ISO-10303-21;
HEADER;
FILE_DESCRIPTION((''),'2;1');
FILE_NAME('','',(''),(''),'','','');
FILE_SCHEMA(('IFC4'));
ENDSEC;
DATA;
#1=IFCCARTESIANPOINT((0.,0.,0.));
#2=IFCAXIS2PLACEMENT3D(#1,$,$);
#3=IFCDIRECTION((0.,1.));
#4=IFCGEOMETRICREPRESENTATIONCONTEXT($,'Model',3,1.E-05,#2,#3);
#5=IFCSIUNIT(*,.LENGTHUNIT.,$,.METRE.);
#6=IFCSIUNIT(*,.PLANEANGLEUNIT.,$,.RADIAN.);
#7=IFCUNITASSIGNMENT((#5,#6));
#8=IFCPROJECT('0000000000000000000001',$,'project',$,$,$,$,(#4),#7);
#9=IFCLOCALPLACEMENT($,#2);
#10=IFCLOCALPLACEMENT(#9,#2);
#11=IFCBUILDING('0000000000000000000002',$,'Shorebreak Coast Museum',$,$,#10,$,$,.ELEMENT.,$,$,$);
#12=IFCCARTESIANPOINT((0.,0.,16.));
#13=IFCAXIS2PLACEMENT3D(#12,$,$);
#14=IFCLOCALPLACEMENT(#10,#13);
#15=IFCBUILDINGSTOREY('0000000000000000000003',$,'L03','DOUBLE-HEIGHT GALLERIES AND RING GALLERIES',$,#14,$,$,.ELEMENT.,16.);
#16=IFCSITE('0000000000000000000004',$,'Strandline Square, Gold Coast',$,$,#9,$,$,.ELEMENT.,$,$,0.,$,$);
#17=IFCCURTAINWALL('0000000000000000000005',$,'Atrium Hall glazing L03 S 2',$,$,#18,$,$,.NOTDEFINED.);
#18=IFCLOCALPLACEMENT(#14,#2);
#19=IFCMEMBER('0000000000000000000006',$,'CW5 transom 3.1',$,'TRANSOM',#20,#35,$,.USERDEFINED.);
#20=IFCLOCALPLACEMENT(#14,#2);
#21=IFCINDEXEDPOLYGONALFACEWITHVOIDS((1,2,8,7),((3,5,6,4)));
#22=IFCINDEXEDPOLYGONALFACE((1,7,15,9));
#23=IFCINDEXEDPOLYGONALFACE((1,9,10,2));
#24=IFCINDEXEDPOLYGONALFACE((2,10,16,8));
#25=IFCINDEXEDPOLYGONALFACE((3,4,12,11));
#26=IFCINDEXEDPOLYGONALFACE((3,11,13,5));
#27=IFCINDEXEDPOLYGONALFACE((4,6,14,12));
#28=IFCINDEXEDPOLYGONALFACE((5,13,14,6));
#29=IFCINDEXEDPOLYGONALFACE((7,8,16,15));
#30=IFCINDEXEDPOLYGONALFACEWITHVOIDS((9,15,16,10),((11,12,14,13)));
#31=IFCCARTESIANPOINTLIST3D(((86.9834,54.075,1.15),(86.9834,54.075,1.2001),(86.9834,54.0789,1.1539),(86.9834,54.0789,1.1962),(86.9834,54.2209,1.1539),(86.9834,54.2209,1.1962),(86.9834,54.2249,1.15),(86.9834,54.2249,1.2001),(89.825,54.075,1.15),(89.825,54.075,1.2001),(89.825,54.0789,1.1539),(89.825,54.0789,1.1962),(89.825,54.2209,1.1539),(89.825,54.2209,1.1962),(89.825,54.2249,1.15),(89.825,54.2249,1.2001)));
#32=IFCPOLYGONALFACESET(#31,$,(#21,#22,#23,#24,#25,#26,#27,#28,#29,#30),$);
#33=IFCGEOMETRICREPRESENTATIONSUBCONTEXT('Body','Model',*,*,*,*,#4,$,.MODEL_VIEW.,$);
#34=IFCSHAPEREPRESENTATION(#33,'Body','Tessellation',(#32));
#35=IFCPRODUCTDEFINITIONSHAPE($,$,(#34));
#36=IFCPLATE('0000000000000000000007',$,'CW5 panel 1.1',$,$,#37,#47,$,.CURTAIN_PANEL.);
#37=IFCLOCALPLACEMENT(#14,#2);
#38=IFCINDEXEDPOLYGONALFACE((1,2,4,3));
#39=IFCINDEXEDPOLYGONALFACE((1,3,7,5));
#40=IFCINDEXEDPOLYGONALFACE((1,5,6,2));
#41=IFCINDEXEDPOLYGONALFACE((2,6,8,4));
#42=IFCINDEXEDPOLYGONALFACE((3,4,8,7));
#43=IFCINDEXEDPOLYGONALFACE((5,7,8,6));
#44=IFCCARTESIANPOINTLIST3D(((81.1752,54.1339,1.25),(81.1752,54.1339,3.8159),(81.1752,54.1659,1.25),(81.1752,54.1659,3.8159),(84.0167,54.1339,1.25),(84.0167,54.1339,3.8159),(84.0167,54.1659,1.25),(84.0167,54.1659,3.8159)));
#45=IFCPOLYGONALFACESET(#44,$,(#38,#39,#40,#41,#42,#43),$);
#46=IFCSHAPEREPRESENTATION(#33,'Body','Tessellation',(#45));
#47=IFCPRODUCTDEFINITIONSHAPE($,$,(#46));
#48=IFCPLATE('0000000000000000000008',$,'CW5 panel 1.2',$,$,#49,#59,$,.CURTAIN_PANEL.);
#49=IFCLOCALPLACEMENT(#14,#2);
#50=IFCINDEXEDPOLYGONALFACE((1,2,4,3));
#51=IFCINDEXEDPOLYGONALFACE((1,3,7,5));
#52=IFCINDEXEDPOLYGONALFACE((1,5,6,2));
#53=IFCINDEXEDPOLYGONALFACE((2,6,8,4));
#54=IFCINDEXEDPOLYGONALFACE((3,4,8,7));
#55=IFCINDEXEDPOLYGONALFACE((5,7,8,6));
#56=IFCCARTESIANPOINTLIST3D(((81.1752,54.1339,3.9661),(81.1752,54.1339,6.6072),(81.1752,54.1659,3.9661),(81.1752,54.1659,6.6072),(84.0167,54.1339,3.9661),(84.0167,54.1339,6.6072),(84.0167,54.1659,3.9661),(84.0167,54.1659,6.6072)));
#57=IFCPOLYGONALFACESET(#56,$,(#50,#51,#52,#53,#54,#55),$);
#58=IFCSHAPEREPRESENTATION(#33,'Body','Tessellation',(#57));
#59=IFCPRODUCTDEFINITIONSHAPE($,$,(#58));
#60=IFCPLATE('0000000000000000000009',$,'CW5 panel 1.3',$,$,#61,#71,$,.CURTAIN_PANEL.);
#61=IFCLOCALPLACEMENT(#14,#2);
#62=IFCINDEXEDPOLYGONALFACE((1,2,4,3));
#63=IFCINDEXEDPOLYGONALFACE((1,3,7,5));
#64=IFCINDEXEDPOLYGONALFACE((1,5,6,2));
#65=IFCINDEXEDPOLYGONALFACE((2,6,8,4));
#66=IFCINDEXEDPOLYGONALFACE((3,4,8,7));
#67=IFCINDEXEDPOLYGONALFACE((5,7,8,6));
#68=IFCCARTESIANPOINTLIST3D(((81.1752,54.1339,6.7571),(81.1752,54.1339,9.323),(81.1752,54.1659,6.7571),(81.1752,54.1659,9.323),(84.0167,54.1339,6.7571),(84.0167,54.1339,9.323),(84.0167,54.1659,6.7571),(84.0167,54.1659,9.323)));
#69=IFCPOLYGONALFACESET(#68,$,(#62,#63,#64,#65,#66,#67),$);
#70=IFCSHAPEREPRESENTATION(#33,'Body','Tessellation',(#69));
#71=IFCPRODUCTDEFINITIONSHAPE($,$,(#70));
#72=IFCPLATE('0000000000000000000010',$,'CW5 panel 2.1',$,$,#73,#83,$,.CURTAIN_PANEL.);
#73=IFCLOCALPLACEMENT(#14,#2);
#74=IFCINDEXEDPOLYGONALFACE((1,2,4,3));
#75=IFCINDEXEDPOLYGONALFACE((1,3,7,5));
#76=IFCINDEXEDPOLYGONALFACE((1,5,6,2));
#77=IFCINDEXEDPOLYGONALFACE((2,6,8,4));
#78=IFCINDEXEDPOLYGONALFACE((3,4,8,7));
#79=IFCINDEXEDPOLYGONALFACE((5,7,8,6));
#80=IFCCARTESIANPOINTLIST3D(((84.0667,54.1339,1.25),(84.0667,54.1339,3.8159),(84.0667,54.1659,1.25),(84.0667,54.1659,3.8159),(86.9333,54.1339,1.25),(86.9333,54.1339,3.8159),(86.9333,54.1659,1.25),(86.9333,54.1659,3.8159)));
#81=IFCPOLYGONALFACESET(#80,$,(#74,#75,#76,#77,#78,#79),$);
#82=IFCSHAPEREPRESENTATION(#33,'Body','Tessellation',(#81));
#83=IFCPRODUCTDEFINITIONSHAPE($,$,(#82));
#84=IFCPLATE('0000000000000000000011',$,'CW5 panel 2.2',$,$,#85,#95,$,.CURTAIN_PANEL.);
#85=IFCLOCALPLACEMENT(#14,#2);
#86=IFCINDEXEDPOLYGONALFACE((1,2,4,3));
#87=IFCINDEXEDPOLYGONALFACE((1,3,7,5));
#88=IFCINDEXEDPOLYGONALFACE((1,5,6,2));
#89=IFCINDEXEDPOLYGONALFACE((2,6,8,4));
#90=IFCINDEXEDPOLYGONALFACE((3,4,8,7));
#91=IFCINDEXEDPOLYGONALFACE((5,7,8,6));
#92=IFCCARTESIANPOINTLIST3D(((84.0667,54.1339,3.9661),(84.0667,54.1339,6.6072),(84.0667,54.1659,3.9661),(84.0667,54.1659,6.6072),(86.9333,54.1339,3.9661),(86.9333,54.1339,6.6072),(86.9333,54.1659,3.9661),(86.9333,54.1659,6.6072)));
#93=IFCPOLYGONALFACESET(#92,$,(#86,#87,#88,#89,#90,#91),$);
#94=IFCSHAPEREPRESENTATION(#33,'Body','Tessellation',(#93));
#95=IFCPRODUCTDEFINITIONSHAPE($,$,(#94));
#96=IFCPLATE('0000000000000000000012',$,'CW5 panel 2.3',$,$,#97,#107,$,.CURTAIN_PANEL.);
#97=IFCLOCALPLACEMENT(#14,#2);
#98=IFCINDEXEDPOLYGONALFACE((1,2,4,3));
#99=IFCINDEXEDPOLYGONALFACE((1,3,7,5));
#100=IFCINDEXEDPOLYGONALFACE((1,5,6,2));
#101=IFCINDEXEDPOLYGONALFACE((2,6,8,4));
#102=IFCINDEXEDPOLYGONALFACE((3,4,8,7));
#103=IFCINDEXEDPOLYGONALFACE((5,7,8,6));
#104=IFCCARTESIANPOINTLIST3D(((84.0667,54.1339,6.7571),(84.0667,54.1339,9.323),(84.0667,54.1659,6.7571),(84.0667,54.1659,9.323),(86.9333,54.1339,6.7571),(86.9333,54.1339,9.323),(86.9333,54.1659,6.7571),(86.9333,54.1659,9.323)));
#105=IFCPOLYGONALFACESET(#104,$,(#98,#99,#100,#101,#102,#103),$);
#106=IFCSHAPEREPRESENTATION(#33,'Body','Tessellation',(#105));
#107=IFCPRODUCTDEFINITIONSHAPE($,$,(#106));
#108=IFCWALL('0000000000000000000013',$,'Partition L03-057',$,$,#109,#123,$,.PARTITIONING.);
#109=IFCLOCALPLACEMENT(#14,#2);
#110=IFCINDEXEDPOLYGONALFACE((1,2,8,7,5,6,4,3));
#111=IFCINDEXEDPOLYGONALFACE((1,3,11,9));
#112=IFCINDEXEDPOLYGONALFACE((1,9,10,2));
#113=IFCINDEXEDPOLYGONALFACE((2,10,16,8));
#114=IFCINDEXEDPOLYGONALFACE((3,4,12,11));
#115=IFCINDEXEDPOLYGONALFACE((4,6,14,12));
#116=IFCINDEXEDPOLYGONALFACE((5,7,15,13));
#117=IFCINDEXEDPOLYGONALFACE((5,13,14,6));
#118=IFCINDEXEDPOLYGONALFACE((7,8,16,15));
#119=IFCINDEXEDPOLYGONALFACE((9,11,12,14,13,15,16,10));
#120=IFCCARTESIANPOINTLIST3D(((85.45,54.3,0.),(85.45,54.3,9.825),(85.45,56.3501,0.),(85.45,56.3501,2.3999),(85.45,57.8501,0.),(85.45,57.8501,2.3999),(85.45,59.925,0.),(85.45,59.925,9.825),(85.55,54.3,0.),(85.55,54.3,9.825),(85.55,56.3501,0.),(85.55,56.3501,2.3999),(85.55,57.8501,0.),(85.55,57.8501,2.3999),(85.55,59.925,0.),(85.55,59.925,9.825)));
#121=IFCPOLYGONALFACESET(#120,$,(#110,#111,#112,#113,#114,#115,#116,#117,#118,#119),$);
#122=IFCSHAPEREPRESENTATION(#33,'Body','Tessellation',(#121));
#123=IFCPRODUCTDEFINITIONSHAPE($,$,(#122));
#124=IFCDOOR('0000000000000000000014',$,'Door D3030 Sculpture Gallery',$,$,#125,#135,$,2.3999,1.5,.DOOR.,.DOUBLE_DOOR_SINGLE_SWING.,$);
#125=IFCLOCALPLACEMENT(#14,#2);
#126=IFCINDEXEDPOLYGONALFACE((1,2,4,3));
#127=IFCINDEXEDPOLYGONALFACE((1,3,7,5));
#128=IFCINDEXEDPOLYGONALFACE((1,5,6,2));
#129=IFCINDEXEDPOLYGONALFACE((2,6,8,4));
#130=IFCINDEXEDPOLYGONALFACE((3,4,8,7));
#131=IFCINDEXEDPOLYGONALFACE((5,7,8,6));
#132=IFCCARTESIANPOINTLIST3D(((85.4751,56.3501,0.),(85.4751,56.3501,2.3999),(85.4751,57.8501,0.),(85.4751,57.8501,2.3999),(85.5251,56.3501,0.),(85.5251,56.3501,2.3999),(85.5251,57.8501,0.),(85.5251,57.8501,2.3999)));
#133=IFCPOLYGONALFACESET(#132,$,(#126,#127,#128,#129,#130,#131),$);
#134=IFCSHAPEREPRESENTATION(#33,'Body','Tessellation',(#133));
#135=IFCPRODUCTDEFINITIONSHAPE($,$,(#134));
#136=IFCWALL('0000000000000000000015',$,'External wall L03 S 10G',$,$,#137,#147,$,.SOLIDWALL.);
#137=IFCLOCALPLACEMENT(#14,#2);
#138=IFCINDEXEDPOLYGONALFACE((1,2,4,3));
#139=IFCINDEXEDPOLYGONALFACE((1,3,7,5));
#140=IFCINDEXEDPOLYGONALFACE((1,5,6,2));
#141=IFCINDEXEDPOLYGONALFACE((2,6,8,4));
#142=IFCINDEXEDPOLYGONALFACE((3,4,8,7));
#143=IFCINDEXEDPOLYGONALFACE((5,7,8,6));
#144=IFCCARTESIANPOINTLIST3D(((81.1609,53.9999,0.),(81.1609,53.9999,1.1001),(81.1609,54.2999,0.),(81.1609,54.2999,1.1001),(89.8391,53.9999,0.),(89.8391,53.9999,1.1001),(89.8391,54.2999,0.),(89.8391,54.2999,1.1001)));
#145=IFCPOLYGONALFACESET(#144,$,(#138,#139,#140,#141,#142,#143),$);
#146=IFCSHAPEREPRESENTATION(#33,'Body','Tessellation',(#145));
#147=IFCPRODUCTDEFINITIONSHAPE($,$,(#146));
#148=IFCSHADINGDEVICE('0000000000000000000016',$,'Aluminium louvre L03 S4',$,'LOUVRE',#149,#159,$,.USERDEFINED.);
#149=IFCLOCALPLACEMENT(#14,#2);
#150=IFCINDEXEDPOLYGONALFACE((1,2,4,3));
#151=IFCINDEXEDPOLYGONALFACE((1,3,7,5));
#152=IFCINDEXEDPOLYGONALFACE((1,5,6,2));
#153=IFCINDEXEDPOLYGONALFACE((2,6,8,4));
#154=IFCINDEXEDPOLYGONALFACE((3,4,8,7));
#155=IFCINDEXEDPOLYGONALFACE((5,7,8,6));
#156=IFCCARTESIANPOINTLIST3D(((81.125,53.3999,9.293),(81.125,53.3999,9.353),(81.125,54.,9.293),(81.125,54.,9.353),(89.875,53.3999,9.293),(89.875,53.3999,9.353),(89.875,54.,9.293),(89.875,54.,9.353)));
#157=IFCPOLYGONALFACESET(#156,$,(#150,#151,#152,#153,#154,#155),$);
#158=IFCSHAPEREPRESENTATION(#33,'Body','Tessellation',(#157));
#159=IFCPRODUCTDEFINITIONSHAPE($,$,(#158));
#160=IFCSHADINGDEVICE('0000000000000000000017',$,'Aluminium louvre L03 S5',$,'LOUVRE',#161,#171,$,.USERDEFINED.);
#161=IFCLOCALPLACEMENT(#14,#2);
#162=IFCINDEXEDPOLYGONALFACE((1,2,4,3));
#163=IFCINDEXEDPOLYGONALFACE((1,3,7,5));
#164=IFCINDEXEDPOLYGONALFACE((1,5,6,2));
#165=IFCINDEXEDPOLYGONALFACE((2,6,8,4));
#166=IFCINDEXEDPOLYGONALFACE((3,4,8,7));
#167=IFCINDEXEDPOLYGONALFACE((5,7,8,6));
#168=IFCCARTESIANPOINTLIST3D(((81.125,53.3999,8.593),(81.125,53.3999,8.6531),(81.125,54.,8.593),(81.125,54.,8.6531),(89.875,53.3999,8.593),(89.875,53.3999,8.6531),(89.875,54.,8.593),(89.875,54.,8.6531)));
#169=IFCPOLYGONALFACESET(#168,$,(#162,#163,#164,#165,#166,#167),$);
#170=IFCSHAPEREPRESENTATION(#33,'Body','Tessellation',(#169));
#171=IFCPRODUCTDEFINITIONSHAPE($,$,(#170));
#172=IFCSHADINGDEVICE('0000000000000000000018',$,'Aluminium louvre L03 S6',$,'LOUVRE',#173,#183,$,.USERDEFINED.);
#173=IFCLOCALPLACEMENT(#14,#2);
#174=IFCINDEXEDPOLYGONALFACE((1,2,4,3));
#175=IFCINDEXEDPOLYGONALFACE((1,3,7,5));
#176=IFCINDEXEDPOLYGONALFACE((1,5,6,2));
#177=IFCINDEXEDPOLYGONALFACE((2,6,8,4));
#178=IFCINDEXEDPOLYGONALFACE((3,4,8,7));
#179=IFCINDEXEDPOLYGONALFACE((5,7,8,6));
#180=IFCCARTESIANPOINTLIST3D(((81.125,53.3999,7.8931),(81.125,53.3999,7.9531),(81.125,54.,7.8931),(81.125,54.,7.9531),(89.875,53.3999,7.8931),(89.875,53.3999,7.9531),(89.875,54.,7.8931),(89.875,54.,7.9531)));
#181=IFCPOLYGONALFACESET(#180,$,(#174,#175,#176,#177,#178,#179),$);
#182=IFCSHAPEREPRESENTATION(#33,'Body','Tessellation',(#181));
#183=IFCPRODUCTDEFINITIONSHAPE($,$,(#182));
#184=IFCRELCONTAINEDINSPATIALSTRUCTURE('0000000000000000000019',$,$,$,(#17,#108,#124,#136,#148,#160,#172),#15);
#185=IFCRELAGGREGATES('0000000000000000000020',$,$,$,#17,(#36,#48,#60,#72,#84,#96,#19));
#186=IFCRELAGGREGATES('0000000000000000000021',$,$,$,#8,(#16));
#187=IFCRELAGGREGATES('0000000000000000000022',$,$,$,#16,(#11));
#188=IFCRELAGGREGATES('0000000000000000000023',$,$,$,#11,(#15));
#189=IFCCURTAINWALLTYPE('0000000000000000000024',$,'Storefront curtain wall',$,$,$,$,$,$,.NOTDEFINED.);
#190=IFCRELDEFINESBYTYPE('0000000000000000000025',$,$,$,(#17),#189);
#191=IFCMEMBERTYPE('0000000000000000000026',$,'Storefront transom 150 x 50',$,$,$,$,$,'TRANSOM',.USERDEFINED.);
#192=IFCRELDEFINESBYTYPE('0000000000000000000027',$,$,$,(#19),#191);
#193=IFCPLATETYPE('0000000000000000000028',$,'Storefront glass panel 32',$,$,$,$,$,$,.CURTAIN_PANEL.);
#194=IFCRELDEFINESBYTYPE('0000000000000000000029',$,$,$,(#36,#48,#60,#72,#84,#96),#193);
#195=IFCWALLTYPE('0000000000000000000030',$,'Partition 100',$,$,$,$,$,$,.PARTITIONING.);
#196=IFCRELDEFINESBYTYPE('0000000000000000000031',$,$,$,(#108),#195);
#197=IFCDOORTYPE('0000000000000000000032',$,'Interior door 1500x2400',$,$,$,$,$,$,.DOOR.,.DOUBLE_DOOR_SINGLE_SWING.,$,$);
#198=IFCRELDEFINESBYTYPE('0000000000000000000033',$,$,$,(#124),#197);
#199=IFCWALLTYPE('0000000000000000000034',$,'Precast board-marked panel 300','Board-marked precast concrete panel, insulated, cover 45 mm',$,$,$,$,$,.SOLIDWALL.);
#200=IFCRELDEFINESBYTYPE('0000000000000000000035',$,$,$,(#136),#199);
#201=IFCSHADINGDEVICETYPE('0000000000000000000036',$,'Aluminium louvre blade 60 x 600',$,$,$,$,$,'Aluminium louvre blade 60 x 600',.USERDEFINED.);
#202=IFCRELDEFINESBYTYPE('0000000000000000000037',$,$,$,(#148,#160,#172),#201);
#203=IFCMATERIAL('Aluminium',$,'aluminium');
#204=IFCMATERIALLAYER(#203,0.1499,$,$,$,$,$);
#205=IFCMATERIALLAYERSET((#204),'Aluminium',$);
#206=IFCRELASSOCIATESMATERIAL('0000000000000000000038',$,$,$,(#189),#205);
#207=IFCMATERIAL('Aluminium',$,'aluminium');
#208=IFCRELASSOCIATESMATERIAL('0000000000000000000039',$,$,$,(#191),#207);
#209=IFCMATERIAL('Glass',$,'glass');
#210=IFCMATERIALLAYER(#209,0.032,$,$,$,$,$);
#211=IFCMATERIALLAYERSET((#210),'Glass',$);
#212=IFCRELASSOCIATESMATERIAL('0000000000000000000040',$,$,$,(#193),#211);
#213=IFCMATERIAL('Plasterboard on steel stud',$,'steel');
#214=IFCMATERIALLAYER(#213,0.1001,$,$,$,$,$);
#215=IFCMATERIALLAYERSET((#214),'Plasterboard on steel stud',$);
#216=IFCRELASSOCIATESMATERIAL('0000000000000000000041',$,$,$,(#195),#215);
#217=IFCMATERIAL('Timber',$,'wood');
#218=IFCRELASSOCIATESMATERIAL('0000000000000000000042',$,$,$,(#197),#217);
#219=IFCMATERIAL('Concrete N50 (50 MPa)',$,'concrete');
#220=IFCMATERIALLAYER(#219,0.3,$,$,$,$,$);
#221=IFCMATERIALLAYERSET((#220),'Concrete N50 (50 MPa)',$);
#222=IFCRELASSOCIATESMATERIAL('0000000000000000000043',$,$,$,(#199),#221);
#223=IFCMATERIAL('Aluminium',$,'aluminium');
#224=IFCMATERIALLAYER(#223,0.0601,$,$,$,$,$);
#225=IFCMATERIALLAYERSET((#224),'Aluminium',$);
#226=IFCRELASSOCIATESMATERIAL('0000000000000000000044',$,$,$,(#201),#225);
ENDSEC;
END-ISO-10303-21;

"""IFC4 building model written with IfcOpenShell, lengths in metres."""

from ifc_helpers import new_model, si_unit, direction, frame, frame_2d, origin, origin_2d, place, context, subcontext, project, spatial, rectangle, hollow_rectangle, extrude, material, layer, layer_set, material_profile, profile_set, type_object, element, fill, aggregate, save


model = new_model("IFC4")

# Units and contexts
model_context = context("Model", 3, precision=1e-05, world=origin(), true_north=direction((0.0, 1.0)))
body_context = subcontext(model_context, "Body", "Model", "MODEL_VIEW")
ifc_project = project(units=[si_unit("LENGTHUNIT", "METRE"), si_unit("PLANEANGLEUNIT", "RADIAN")], contexts=[model_context])

# Site, building, storey
site_placement = place(None, origin())
site = spatial("IfcSite", under=ifc_project, at=site_placement, Name="Strandline Square, Gold Coast", CompositionType="ELEMENT", RefElevation=0.0)
building_placement = place(site_placement, origin())
building = spatial("IfcBuilding", under=site, at=building_placement, Name="Shorebreak Coast Museum", CompositionType="ELEMENT")
storey_placement = place(building_placement, frame((0.0, 0.0, 16.0)))
storey = spatial("IfcBuildingStorey", under=building, at=storey_placement, Name="L03", Description="DOUBLE-HEIGHT GALLERIES AND RING GALLERIES", CompositionType="ELEMENT", Elevation=16.0)

# Curtain wall, member, plates
ifc_material_1 = material(Name="Aluminium", Category="aluminium")
ifc_layer_1 = layer(ifc_material_1, 0.1499)
ifc_layer_set_1 = layer_set([ifc_layer_1], Name="Aluminium")
curtain_wall_type = type_object("IfcCurtainWallType", Name="Storefront curtain wall", PredefinedType="NOTDEFINED", material=ifc_layer_set_1)
curtain_wall_placement = place(storey_placement, origin())
curtain_wall = element("IfcCurtainWall", 1, at=curtain_wall_placement, inside=storey, type_object=curtain_wall_type, Name="Atrium Hall glazing L03 S 2", PredefinedType="NOTDEFINED")
ifc_material_2 = material(Name="Aluminium", Category="aluminium")
ifc_material_profile_1 = material_profile(ifc_material_2, hollow_rectangle(XDim=0.1499, YDim=0.05, WallThickness=0.0039, at=origin_2d()), Name="AL 50x150 RHS")
ifc_profile_set_1 = profile_set([ifc_material_profile_1], Name="Aluminium")
member_type_1 = type_object("IfcMemberType", Name="Storefront transom 150 x 50", ElementType="TRANSOM", PredefinedType="USERDEFINED", material=ifc_profile_set_1)
member_1_placement = place(storey_placement, frame((86.9834, 54.1499, 1.175), z_axis=(1.0, 0.0, 0.0), x_axis=(0.0, 1.0, 0.0)))
member_1 = element("IfcMember", 2, at=member_1_placement, type_object=member_type_1, Name="CW5 transom 3.1", ObjectType="TRANSOM", PredefinedType="USERDEFINED", context=body_context, shape_type="SweptSolid", body=[
    extrude(hollow_rectangle(XDim=0.1499, YDim=0.05, WallThickness=0.0039, at=origin_2d()), origin(), (0.0, 0.0, 1.0), 2.8416),
])
ifc_material_3 = material(Name="Glass", Category="glass")
ifc_layer_2 = layer(ifc_material_3, 0.032)
ifc_layer_set_2 = layer_set([ifc_layer_2], Name="Glass")
plate_type = type_object("IfcPlateType", Name="Storefront glass panel 32", PredefinedType="CURTAIN_PANEL", material=ifc_layer_set_2)
plate_1_placement = place(storey_placement, frame((82.5959, 54.1499, 1.25), z_axis=(0.0, 0.0, 1.0), x_axis=(1.0, 0.0, 0.0)))
plate_1 = element("IfcPlate", 3, at=plate_1_placement, type_object=plate_type, Name="CW5 panel 1.1", PredefinedType="CURTAIN_PANEL", context=body_context, shape_type="SweptSolid", body=[
    extrude(rectangle(XDim=2.8416, YDim=0.032, at=origin_2d()), origin(), (0.0, 0.0, 1.0), 2.5659),
])
plate_2_placement = place(storey_placement, frame((82.5959, 54.1499, 3.9661), z_axis=(0.0, 0.0, 1.0), x_axis=(1.0, 0.0, 0.0)))
plate_2 = element("IfcPlate", 4, at=plate_2_placement, type_object=plate_type, Name="CW5 panel 1.2", PredefinedType="CURTAIN_PANEL", context=body_context, shape_type="SweptSolid", body=[
    extrude(rectangle(XDim=2.8416, YDim=0.032, at=origin_2d()), origin(), (0.0, 0.0, 1.0), 2.6411),
])
plate_3_placement = place(storey_placement, frame((82.5959, 54.1499, 6.7571), z_axis=(0.0, 0.0, 1.0), x_axis=(1.0, 0.0, 0.0)))
plate_3 = element("IfcPlate", 5, at=plate_3_placement, type_object=plate_type, Name="CW5 panel 1.3", PredefinedType="CURTAIN_PANEL", context=body_context, shape_type="SweptSolid", body=[
    extrude(rectangle(XDim=2.8416, YDim=0.032, at=origin_2d()), origin(), (0.0, 0.0, 1.0), 2.5659),
])
plate_4_placement = place(storey_placement, frame((85.5, 54.1499, 1.25), z_axis=(0.0, 0.0, 1.0), x_axis=(1.0, 0.0, 0.0)))
plate_4 = element("IfcPlate", 6, at=plate_4_placement, type_object=plate_type, Name="CW5 panel 2.1", PredefinedType="CURTAIN_PANEL", context=body_context, shape_type="SweptSolid", body=[
    extrude(rectangle(XDim=2.8667, YDim=0.032, at=origin_2d()), origin(), (0.0, 0.0, 1.0), 2.5659),
])
plate_5_placement = place(storey_placement, frame((85.5, 54.1499, 3.9661), z_axis=(0.0, 0.0, 1.0), x_axis=(1.0, 0.0, 0.0)))
plate_5 = element("IfcPlate", 7, at=plate_5_placement, type_object=plate_type, Name="CW5 panel 2.2", PredefinedType="CURTAIN_PANEL", context=body_context, shape_type="SweptSolid", body=[
    extrude(rectangle(XDim=2.8667, YDim=0.032, at=origin_2d()), origin(), (0.0, 0.0, 1.0), 2.6411),
])
plate_6_placement = place(storey_placement, frame((85.5, 54.1499, 6.7571), z_axis=(0.0, 0.0, 1.0), x_axis=(1.0, 0.0, 0.0)))
plate_6 = element("IfcPlate", 8, at=plate_6_placement, type_object=plate_type, Name="CW5 panel 2.3", PredefinedType="CURTAIN_PANEL", context=body_context, shape_type="SweptSolid", body=[
    extrude(rectangle(XDim=2.8667, YDim=0.032, at=origin_2d()), origin(), (0.0, 0.0, 1.0), 2.5659),
])
aggregate(curtain_wall, [plate_1, plate_2, plate_3, plate_4, plate_5, plate_6, member_1])

# Wall, opening, door
ifc_material_4 = material(Name="Plasterboard on steel stud", Category="steel")
ifc_layer_3 = layer(ifc_material_4, 0.1001)
ifc_layer_set_3 = layer_set([ifc_layer_3], Name="Plasterboard on steel stud")
wall_type_1 = type_object("IfcWallType", Name="Partition 100", PredefinedType="PARTITIONING", material=ifc_layer_set_3)
wall_1_placement = place(storey_placement, frame((85.5, 54.3, 0.0), z_axis=(0.0, 0.0, 1.0), x_axis=(0.0, 1.0, 0.0)))
wall_1 = element("IfcWall", 9, at=wall_1_placement, inside=storey, type_object=wall_type_1, Name="Partition L03-057", PredefinedType="PARTITIONING", context=body_context, shape_type="SweptSolid", body=[
    extrude(rectangle(XDim=5.625, YDim=0.1001, at=frame_2d((2.8125, 0.0))), origin(), (0.0, 0.0, 1.0), 9.825),
])
opening_placement = place(wall_1_placement, frame((2.05, 0.0, 0.0)))
opening = element("IfcOpeningElement", 10, at=opening_placement, cuts=wall_1, PredefinedType="OPENING", context=body_context, shape_type="SweptSolid", body=[
    extrude(rectangle(XDim=1.5, YDim=2.3999, at=frame_2d((0.75, 1.2))), frame((0.0, 0.0601, 0.0), z_axis=(0.0, -1.0, 0.0), x_axis=(1.0, 0.0, 0.0)), (0.0, 0.0, 1.0), 0.1201),
])
ifc_material_5 = material(Name="Timber", Category="wood")
door_type = type_object("IfcDoorType", Name="Interior door 1500x2400", OperationType="DOUBLE_DOOR_SINGLE_SWING", PredefinedType="DOOR", material=ifc_material_5)
door_placement = place(opening_placement, origin())
door = element("IfcDoor", 11, at=door_placement, inside=storey, type_object=door_type, Name="Door D3030 Sculpture Gallery", OperationType="DOUBLE_DOOR_SINGLE_SWING", OverallHeight=2.3999, OverallWidth=1.5, PredefinedType="DOOR", context=body_context, shape_type="SweptSolid", body=[
    extrude(rectangle(XDim=1.5, YDim=2.3999, at=frame_2d((0.75, 1.2))), frame((0.0, 0.0249, 0.0), z_axis=(0.0, -1.0, 0.0), x_axis=(1.0, 0.0, 0.0)), (0.0, 0.0, 1.0), 0.05),
])
fill(opening, door)

# Wall
ifc_material_6 = material(Name="Concrete N50 (50 MPa)", Category="concrete")
ifc_layer_4 = layer(ifc_material_6, 0.3)
ifc_layer_set_4 = layer_set([ifc_layer_4], Name="Concrete N50 (50 MPa)")
wall_type_2 = type_object("IfcWallType", Name="Precast board-marked panel 300", Description="Board-marked precast concrete panel, insulated, cover 45 mm", PredefinedType="SOLIDWALL", material=ifc_layer_set_4)
wall_2_placement = place(storey_placement, frame((81.1609, 54.1499, 0.0), z_axis=(0.0, 0.0, 1.0), x_axis=(1.0, 0.0, 0.0)))
element("IfcWall", 12, at=wall_2_placement, inside=storey, type_object=wall_type_2, Name="External wall L03 S 10G", PredefinedType="SOLIDWALL", context=body_context, shape_type="SweptSolid", body=[
    extrude(rectangle(XDim=8.6782, YDim=0.3, at=frame_2d((4.3391, 0.0))), origin(), (0.0, 0.0, 1.0), 1.1001),
])

# Shading devices
ifc_material_7 = material(Name="Aluminium", Category="aluminium")
ifc_layer_5 = layer(ifc_material_7, 0.0601)
ifc_layer_set_5 = layer_set([ifc_layer_5], Name="Aluminium")
shading_device_type = type_object("IfcShadingDeviceType", Name="Aluminium louvre blade 60 x 600", ElementType="Aluminium louvre blade 60 x 600", PredefinedType="USERDEFINED", material=ifc_layer_set_5)
for number, where, z_axis, x_axis, name in (
    (13, (85.5, 53.7, 9.293), (0.0, 0.0, 1.0), (1.0, 0.0, 0.0), "Aluminium louvre L03 S4"),
    (14, (85.5, 53.7, 8.593), (0.0, 0.0, 1.0), (1.0, 0.0, 0.0), "Aluminium louvre L03 S5"),
    (15, (85.5, 53.7, 7.8931), (0.0, 0.0, 1.0), (1.0, 0.0, 0.0), "Aluminium louvre L03 S6"),
):
    element("IfcShadingDevice", number, at=place(storey_placement, frame(where, z_axis=z_axis, x_axis=x_axis)), inside=storey, type_object=shading_device_type, Name=name, ObjectType="LOUVRE", PredefinedType="USERDEFINED", context=body_context, shape_type="SweptSolid", body=[
        extrude(rectangle(XDim=8.75, YDim=0.6001, at=origin_2d()), origin(), (0.0, 0.0, 1.0), 0.0601),
    ])

save(model, "model.ifc")
